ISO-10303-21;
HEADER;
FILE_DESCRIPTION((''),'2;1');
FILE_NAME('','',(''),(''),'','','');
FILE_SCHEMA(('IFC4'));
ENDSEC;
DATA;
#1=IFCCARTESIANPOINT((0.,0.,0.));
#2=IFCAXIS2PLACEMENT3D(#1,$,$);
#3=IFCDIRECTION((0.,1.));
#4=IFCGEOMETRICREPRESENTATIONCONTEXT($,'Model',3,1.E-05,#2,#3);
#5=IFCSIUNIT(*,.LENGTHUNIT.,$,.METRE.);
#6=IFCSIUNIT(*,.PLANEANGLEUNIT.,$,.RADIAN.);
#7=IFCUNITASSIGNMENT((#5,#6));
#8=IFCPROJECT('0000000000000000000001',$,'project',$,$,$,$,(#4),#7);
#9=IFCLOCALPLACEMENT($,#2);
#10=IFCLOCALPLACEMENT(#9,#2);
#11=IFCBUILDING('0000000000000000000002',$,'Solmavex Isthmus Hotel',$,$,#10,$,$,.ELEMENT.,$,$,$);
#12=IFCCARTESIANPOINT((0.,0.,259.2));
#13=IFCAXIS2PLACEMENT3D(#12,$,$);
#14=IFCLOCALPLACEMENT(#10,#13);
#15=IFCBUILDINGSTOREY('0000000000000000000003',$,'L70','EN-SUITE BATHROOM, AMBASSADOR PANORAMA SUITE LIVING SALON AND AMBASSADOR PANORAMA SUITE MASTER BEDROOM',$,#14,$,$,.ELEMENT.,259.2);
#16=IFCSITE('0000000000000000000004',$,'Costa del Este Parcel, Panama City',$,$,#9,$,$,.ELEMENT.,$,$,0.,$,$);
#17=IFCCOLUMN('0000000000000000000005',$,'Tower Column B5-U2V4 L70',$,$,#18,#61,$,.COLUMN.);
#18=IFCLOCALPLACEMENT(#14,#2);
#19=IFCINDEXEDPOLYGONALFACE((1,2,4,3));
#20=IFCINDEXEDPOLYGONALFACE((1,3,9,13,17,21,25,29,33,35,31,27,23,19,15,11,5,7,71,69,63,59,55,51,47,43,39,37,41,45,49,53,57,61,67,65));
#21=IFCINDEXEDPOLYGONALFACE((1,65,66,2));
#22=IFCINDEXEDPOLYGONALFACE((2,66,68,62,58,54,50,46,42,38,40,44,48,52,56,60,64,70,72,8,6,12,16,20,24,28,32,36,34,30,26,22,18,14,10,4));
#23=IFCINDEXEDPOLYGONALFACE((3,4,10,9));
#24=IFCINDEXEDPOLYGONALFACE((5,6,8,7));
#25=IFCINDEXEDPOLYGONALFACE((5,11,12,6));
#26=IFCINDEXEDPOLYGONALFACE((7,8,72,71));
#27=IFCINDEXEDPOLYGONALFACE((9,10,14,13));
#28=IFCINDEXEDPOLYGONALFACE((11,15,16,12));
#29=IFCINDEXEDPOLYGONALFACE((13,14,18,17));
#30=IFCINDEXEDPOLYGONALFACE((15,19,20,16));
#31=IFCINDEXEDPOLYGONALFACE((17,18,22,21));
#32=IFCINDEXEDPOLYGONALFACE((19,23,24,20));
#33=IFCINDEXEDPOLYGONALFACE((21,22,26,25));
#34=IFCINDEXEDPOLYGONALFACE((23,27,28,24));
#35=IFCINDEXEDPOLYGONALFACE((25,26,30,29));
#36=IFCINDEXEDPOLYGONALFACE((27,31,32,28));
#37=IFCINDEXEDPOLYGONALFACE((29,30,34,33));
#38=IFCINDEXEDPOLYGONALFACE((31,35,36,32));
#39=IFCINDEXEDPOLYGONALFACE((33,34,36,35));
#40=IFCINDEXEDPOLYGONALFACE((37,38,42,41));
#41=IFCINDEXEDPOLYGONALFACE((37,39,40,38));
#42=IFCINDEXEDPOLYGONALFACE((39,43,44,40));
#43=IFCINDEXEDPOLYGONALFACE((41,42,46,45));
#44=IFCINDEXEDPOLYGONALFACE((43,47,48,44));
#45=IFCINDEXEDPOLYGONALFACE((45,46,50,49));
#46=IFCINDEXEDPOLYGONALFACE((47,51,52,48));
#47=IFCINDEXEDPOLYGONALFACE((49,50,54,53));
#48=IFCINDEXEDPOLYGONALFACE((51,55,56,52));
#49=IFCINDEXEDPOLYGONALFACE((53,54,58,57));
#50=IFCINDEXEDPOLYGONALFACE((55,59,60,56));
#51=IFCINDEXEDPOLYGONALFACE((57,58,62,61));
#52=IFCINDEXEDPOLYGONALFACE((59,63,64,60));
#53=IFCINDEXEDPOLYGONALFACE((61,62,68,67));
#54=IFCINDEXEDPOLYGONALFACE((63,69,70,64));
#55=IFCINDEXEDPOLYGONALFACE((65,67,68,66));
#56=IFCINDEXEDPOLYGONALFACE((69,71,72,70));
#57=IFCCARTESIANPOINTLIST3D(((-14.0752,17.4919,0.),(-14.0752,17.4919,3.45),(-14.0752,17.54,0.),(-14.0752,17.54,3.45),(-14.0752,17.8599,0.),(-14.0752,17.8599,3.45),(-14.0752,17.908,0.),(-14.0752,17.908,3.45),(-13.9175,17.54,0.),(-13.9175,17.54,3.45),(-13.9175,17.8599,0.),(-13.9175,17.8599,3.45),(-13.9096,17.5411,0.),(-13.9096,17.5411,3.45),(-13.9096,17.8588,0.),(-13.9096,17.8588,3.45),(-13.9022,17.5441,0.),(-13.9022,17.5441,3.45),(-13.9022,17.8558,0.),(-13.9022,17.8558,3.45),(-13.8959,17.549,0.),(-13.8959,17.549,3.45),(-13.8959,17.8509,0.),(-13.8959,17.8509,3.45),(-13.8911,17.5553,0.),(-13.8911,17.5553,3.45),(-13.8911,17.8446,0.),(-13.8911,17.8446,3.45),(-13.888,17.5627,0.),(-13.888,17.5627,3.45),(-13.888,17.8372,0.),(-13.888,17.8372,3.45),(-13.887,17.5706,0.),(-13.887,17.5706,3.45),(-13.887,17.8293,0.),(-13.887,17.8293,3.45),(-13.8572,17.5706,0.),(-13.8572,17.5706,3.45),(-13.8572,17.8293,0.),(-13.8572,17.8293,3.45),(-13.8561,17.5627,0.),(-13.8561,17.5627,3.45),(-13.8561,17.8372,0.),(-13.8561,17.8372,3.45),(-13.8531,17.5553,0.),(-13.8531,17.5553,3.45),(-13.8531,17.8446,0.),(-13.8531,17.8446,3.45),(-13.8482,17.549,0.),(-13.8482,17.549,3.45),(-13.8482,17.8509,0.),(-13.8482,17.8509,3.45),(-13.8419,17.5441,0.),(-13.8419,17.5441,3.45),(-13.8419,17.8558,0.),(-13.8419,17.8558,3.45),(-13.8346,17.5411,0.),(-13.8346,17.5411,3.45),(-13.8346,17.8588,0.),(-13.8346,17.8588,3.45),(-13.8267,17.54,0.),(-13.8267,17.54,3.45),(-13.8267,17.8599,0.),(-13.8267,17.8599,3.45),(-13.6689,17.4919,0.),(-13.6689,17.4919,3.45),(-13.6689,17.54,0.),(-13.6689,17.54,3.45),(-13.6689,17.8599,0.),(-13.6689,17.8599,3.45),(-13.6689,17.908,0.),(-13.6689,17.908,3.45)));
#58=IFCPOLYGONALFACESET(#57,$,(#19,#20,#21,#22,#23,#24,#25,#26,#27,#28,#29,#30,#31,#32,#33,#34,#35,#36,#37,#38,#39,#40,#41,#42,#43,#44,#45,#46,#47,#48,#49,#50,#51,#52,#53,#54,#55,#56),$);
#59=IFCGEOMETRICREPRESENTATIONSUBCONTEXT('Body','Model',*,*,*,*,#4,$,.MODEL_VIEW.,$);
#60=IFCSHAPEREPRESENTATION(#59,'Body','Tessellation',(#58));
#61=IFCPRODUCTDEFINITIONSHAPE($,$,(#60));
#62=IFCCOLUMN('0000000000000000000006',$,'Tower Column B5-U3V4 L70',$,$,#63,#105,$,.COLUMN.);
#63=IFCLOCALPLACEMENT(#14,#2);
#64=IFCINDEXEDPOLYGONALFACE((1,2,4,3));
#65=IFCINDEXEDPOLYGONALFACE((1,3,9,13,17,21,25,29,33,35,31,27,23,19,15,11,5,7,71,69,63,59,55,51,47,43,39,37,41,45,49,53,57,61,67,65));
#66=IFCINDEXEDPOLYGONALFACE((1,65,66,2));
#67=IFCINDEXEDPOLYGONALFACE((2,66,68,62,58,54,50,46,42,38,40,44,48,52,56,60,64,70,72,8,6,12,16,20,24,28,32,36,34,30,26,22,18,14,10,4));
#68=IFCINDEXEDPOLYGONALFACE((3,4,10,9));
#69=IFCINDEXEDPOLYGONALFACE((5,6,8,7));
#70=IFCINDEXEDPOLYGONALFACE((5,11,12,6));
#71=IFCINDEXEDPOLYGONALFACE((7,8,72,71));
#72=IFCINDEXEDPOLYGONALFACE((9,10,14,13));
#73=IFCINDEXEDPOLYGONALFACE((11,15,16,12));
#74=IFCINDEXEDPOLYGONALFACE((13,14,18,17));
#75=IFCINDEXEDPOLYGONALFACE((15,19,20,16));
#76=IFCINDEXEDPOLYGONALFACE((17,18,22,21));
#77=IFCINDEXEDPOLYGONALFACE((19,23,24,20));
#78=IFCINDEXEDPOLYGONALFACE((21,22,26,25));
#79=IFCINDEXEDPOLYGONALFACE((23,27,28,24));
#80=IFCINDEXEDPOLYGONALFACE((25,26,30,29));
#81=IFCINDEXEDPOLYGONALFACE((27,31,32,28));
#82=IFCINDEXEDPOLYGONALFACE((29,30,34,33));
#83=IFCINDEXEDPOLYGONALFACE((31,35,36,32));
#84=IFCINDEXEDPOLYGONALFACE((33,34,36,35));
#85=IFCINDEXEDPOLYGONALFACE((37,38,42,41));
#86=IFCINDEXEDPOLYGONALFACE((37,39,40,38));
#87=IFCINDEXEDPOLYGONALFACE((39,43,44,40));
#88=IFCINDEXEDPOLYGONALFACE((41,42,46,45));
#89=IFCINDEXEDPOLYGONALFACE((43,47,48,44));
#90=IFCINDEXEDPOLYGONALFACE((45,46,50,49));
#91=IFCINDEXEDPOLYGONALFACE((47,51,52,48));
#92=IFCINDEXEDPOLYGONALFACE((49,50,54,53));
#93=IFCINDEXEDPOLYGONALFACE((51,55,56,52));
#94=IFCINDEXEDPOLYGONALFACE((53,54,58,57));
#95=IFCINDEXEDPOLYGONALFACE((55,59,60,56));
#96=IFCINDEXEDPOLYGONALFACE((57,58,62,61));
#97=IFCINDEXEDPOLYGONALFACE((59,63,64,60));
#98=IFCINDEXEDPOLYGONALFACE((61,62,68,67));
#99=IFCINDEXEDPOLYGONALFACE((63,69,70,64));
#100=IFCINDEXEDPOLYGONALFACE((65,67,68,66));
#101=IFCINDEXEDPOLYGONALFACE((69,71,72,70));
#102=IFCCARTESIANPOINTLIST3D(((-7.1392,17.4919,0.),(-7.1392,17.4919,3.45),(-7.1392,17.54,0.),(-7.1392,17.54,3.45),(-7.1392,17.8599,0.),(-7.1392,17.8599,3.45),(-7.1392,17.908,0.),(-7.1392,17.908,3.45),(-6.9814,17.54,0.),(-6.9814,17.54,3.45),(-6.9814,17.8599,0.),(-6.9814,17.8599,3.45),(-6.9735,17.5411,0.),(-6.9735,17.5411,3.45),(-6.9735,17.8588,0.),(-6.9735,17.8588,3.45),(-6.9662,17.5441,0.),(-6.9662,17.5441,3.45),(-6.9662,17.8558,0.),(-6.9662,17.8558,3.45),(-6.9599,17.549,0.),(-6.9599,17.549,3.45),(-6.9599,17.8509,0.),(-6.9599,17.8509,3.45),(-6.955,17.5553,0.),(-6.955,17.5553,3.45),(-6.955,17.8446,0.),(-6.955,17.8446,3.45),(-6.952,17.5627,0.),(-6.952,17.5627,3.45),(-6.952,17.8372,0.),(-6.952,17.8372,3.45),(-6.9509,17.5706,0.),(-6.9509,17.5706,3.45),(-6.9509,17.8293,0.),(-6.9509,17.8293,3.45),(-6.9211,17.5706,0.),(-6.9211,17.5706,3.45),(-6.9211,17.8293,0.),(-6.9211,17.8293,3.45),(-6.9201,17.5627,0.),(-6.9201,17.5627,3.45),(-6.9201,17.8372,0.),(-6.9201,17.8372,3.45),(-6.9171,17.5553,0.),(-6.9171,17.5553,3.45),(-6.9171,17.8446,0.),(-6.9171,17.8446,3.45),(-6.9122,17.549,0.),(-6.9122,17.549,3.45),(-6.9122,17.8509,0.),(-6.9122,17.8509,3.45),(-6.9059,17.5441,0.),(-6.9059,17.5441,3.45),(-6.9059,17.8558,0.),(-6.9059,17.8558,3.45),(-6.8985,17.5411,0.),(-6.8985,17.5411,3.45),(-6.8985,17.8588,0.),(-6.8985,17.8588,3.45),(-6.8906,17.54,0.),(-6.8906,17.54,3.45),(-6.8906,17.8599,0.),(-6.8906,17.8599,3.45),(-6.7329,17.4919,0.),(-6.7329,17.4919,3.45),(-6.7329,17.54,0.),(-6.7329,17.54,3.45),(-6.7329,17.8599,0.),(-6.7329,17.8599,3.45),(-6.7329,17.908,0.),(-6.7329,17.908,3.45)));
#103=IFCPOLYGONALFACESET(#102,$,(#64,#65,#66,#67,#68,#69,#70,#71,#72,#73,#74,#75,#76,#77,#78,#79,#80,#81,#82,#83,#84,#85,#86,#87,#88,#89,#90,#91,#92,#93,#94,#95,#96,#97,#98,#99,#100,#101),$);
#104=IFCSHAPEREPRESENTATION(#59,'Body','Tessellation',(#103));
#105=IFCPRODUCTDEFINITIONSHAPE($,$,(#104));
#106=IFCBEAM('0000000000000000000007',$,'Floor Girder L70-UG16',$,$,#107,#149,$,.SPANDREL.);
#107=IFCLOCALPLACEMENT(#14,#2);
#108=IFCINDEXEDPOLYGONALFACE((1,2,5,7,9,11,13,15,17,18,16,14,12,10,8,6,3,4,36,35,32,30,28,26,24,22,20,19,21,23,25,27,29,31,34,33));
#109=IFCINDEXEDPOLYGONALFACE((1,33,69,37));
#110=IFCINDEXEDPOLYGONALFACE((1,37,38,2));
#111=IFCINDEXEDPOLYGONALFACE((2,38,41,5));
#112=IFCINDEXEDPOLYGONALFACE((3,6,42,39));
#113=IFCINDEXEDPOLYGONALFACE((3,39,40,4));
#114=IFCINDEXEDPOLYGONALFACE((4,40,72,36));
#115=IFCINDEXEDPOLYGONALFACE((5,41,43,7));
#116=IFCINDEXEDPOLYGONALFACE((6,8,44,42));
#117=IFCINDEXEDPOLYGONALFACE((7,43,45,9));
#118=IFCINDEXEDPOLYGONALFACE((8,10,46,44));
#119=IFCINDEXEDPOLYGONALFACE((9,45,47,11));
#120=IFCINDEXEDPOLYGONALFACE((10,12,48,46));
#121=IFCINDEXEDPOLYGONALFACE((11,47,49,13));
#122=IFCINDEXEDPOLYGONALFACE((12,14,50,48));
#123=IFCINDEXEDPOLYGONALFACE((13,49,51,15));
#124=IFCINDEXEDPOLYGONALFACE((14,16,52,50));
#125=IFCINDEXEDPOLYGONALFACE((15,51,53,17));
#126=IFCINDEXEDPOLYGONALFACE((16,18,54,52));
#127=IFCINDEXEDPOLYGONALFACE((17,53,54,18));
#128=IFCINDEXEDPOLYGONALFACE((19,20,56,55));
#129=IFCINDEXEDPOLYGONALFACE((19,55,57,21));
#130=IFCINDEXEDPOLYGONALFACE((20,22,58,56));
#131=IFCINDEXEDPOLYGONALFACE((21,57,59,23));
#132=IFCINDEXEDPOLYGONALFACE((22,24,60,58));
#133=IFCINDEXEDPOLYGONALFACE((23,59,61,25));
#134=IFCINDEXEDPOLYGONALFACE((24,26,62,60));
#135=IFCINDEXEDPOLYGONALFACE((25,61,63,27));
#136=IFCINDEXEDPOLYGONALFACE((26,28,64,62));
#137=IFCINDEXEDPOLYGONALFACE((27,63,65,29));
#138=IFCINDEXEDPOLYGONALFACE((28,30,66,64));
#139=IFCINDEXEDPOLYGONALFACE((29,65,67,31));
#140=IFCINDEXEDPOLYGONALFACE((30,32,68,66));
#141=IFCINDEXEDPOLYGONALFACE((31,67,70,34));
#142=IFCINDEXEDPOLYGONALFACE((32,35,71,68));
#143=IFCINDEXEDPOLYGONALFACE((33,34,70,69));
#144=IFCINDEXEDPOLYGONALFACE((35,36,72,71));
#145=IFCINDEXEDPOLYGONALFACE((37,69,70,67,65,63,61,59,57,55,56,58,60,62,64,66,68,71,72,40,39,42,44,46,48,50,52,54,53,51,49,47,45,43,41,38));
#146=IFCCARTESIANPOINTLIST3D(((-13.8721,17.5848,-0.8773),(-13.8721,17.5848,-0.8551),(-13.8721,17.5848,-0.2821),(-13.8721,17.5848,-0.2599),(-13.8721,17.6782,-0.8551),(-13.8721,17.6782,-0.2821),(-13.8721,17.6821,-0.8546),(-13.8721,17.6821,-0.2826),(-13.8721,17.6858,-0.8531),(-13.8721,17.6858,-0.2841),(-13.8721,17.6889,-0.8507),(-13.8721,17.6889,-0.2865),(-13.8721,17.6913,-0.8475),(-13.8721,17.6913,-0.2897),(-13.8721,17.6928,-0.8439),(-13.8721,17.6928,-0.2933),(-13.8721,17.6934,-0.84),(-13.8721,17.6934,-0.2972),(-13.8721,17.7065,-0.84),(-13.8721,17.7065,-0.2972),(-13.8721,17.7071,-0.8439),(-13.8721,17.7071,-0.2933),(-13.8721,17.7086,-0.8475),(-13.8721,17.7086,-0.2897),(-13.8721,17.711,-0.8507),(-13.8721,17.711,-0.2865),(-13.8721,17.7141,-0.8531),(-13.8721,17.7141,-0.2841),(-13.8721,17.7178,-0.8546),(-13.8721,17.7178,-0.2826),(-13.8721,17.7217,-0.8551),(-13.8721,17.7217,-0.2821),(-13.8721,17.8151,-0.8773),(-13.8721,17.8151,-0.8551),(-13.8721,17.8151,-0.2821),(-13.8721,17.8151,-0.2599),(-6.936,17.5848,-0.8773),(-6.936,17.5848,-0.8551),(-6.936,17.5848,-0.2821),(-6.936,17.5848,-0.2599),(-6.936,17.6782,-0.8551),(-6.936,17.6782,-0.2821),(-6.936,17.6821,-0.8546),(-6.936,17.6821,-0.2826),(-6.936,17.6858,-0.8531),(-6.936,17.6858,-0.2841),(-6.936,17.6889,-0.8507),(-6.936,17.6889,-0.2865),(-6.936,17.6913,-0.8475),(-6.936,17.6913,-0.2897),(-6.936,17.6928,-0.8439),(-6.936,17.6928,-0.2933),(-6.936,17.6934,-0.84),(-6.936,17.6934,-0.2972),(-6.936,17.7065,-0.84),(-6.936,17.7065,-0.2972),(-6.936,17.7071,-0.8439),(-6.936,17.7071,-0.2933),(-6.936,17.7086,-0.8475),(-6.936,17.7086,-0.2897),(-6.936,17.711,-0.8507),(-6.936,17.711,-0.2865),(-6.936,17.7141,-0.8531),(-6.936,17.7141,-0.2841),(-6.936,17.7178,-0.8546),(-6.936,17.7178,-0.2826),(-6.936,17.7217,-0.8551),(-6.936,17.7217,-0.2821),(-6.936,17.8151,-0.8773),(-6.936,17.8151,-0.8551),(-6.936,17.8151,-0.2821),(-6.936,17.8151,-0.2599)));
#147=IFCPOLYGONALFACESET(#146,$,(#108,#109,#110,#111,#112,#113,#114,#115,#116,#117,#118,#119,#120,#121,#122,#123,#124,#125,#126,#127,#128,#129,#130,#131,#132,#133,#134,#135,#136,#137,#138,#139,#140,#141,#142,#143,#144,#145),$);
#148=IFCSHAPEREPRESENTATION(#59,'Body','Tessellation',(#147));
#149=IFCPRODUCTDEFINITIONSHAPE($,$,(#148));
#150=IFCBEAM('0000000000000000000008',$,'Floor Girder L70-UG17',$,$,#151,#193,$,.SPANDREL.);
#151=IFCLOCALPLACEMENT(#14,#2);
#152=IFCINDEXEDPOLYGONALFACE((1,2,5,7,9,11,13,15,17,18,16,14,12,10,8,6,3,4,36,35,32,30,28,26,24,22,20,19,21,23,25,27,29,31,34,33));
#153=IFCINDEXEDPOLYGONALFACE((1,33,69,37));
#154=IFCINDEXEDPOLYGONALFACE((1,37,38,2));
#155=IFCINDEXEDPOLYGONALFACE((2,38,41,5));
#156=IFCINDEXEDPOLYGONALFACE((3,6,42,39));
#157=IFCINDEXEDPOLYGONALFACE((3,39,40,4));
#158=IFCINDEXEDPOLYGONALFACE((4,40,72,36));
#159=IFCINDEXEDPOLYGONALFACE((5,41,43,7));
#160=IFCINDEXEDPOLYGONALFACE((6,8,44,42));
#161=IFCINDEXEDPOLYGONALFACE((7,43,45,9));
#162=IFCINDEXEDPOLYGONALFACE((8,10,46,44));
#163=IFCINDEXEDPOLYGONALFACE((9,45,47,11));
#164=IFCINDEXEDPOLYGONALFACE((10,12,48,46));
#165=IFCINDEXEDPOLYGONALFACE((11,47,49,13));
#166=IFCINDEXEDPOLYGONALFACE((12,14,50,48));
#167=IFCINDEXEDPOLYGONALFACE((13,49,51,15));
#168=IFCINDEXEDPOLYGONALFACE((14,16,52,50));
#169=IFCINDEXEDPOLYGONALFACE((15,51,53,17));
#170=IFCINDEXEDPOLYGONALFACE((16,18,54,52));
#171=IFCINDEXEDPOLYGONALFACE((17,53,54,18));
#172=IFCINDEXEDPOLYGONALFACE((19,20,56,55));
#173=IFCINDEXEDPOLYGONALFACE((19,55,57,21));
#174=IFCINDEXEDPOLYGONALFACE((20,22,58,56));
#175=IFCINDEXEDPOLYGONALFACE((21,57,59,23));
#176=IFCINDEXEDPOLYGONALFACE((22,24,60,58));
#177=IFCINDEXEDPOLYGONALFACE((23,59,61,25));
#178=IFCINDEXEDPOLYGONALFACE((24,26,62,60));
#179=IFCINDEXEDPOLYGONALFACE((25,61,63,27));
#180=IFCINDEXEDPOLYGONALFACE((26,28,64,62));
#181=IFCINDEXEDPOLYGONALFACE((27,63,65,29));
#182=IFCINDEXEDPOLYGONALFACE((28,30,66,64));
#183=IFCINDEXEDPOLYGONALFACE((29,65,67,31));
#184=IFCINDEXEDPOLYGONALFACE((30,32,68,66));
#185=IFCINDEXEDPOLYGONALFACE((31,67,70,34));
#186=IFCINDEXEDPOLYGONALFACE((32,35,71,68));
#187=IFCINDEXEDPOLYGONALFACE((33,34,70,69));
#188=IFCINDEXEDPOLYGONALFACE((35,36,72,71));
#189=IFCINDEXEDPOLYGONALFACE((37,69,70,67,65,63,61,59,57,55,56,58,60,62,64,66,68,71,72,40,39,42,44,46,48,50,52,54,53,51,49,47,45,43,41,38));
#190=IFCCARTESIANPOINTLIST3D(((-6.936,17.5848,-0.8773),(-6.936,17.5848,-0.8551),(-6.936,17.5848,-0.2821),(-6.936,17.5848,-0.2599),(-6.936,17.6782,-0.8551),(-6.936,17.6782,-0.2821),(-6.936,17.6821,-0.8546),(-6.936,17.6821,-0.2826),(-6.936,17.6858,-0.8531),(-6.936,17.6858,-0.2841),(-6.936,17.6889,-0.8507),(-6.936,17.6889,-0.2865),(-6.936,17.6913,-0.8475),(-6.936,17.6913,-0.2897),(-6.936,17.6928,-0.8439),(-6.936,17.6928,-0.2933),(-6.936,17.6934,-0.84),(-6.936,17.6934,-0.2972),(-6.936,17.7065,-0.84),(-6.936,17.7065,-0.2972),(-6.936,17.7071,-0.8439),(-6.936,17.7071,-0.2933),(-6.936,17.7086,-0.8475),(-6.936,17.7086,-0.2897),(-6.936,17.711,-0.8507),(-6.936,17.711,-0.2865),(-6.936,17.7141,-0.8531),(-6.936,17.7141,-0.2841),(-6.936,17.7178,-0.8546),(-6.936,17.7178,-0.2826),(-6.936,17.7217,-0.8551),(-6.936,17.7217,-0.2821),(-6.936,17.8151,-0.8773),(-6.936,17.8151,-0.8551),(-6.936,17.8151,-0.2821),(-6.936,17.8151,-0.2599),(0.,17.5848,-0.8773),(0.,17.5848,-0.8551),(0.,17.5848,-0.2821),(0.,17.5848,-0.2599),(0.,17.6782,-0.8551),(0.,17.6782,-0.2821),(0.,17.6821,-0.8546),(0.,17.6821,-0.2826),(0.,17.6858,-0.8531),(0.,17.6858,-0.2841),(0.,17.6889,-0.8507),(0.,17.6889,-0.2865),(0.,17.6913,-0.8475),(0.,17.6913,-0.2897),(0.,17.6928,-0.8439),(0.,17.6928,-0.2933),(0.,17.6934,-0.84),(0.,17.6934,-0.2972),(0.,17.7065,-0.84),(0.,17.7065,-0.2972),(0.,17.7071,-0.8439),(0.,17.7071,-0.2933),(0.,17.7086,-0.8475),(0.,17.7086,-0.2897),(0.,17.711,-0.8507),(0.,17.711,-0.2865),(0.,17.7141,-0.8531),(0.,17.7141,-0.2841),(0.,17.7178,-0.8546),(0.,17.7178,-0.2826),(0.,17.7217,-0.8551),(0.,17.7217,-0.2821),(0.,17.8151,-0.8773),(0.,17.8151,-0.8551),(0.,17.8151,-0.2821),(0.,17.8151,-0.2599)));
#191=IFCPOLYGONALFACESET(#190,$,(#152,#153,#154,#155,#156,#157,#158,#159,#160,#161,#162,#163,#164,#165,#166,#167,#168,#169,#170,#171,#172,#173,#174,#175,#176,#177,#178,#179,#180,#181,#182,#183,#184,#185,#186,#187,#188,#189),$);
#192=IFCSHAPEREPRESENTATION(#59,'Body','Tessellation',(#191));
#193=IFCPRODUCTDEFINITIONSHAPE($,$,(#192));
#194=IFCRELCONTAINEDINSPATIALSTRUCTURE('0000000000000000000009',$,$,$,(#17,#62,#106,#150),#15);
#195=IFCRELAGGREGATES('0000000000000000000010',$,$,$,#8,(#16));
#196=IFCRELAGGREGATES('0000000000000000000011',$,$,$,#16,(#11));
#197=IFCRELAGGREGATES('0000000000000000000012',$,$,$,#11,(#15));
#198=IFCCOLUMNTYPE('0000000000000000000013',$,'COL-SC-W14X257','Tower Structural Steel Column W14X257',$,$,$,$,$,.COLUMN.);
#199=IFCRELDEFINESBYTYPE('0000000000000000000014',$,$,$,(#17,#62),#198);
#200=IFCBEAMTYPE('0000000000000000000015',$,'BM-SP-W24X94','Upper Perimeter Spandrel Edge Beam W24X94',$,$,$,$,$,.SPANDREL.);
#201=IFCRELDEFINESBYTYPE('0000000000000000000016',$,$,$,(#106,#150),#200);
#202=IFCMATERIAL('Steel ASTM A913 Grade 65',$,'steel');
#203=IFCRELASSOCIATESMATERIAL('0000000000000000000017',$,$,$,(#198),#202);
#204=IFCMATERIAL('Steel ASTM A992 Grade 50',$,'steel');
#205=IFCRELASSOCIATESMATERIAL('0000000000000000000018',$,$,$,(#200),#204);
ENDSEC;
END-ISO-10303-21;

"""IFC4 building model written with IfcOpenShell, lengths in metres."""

from ifc_helpers import new_model, si_unit, direction, frame, origin, origin_2d, place, context, subcontext, project, spatial, i_section, extrude, material, material_profile, profile_set, type_object, element, save


model = new_model("IFC4")

# Units and contexts
model_context = context("Model", 3, precision=1e-05, world=origin(), true_north=direction((0.0, 1.0)))
body_context = subcontext(model_context, "Body", "Model", "MODEL_VIEW")
ifc_project = project(units=[si_unit("LENGTHUNIT", "METRE"), si_unit("PLANEANGLEUNIT", "RADIAN")], contexts=[model_context])

# Site, building, storey
site_placement = place(None, origin())
site = spatial("IfcSite", under=ifc_project, at=site_placement, Name="Costa del Este Parcel, Panama City", CompositionType="ELEMENT", RefElevation=0.0)
building_placement = place(site_placement, origin())
building = spatial("IfcBuilding", under=site, at=building_placement, Name="Solmavex Isthmus Hotel", CompositionType="ELEMENT")
storey_placement = place(building_placement, frame((0.0, 0.0, 259.2)))
storey = spatial("IfcBuildingStorey", under=building, at=storey_placement, Name="L70", Description="EN-SUITE BATHROOM, AMBASSADOR PANORAMA SUITE LIVING SALON AND AMBASSADOR PANORAMA SUITE MASTER BEDROOM", CompositionType="ELEMENT", Elevation=259.2)

# Columns
ifc_material_1 = material(Name="Steel ASTM A913 Grade 65", Category="steel")
ifc_material_profile_1 = material_profile(ifc_material_1, i_section(OverallWidth=0.4062, OverallDepth=0.416, WebThickness=0.0298, FlangeThickness=0.0481, FilletRadius=0.0305, at=origin_2d()), Name="W14X257")
ifc_profile_set_1 = profile_set([ifc_material_profile_1], Name="Steel ASTM A913 Grade 65")
column_type = type_object("IfcColumnType", Name="COL-SC-W14X257", Description="Tower Structural Steel Column W14X257", PredefinedType="COLUMN", material=ifc_profile_set_1)
for number, where, z_axis, x_axis, name in (
    (1, (-13.8721, 17.7, 0.0), (0.0, 0.0, 1.0), (1.0, 0.0, 0.0), "Tower Column B5-U2V4 L70"),
    (2, (-6.936, 17.7, 0.0), (0.0, 0.0, 1.0), (1.0, 0.0, 0.0), "Tower Column B5-U3V4 L70"),
):
    element("IfcColumn", number, at=place(storey_placement, frame(where, z_axis=z_axis, x_axis=x_axis)), inside=storey, type_object=column_type, Name=name, PredefinedType="COLUMN", context=body_context, shape_type="SweptSolid", body=[
        extrude(i_section(OverallWidth=0.4062, OverallDepth=0.416, WebThickness=0.0298, FlangeThickness=0.0481, FilletRadius=0.0305, at=origin_2d()), origin(), (0.0, 0.0, 1.0), 3.45),
    ])

# Beams
ifc_material_2 = material(Name="Steel ASTM A992 Grade 50", Category="steel")
ifc_material_profile_2 = material_profile(ifc_material_2, i_section(OverallWidth=0.2302, OverallDepth=0.6174, WebThickness=0.0132, FlangeThickness=0.0222, FilletRadius=0.0151, at=origin_2d()), Name="W24X94")
ifc_profile_set_2 = profile_set([ifc_material_profile_2], Name="Steel ASTM A992 Grade 50")
beam_type = type_object("IfcBeamType", Name="BM-SP-W24X94", Description="Upper Perimeter Spandrel Edge Beam W24X94", PredefinedType="SPANDREL", material=ifc_profile_set_2)
for number, where, z_axis, x_axis, name in (
    (3, (-13.8721, 17.7, -0.5686), (1.0, 0.0, 0.0), (0.0, 1.0, 0.0), "Floor Girder L70-UG16"),
    (4, (-6.936, 17.7, -0.5686), (1.0, 0.0, 0.0), (0.0, 1.0, 0.0), "Floor Girder L70-UG17"),
):
    element("IfcBeam", number, at=place(storey_placement, frame(where, z_axis=z_axis, x_axis=x_axis)), inside=storey, type_object=beam_type, Name=name, PredefinedType="SPANDREL", context=body_context, shape_type="SweptSolid", body=[
        extrude(i_section(OverallWidth=0.2302, OverallDepth=0.6174, WebThickness=0.0132, FlangeThickness=0.0222, FilletRadius=0.0151, at=origin_2d()), origin(), (0.0, 0.0, 1.0), 6.936),
    ])

save(model, "model.ifc")
